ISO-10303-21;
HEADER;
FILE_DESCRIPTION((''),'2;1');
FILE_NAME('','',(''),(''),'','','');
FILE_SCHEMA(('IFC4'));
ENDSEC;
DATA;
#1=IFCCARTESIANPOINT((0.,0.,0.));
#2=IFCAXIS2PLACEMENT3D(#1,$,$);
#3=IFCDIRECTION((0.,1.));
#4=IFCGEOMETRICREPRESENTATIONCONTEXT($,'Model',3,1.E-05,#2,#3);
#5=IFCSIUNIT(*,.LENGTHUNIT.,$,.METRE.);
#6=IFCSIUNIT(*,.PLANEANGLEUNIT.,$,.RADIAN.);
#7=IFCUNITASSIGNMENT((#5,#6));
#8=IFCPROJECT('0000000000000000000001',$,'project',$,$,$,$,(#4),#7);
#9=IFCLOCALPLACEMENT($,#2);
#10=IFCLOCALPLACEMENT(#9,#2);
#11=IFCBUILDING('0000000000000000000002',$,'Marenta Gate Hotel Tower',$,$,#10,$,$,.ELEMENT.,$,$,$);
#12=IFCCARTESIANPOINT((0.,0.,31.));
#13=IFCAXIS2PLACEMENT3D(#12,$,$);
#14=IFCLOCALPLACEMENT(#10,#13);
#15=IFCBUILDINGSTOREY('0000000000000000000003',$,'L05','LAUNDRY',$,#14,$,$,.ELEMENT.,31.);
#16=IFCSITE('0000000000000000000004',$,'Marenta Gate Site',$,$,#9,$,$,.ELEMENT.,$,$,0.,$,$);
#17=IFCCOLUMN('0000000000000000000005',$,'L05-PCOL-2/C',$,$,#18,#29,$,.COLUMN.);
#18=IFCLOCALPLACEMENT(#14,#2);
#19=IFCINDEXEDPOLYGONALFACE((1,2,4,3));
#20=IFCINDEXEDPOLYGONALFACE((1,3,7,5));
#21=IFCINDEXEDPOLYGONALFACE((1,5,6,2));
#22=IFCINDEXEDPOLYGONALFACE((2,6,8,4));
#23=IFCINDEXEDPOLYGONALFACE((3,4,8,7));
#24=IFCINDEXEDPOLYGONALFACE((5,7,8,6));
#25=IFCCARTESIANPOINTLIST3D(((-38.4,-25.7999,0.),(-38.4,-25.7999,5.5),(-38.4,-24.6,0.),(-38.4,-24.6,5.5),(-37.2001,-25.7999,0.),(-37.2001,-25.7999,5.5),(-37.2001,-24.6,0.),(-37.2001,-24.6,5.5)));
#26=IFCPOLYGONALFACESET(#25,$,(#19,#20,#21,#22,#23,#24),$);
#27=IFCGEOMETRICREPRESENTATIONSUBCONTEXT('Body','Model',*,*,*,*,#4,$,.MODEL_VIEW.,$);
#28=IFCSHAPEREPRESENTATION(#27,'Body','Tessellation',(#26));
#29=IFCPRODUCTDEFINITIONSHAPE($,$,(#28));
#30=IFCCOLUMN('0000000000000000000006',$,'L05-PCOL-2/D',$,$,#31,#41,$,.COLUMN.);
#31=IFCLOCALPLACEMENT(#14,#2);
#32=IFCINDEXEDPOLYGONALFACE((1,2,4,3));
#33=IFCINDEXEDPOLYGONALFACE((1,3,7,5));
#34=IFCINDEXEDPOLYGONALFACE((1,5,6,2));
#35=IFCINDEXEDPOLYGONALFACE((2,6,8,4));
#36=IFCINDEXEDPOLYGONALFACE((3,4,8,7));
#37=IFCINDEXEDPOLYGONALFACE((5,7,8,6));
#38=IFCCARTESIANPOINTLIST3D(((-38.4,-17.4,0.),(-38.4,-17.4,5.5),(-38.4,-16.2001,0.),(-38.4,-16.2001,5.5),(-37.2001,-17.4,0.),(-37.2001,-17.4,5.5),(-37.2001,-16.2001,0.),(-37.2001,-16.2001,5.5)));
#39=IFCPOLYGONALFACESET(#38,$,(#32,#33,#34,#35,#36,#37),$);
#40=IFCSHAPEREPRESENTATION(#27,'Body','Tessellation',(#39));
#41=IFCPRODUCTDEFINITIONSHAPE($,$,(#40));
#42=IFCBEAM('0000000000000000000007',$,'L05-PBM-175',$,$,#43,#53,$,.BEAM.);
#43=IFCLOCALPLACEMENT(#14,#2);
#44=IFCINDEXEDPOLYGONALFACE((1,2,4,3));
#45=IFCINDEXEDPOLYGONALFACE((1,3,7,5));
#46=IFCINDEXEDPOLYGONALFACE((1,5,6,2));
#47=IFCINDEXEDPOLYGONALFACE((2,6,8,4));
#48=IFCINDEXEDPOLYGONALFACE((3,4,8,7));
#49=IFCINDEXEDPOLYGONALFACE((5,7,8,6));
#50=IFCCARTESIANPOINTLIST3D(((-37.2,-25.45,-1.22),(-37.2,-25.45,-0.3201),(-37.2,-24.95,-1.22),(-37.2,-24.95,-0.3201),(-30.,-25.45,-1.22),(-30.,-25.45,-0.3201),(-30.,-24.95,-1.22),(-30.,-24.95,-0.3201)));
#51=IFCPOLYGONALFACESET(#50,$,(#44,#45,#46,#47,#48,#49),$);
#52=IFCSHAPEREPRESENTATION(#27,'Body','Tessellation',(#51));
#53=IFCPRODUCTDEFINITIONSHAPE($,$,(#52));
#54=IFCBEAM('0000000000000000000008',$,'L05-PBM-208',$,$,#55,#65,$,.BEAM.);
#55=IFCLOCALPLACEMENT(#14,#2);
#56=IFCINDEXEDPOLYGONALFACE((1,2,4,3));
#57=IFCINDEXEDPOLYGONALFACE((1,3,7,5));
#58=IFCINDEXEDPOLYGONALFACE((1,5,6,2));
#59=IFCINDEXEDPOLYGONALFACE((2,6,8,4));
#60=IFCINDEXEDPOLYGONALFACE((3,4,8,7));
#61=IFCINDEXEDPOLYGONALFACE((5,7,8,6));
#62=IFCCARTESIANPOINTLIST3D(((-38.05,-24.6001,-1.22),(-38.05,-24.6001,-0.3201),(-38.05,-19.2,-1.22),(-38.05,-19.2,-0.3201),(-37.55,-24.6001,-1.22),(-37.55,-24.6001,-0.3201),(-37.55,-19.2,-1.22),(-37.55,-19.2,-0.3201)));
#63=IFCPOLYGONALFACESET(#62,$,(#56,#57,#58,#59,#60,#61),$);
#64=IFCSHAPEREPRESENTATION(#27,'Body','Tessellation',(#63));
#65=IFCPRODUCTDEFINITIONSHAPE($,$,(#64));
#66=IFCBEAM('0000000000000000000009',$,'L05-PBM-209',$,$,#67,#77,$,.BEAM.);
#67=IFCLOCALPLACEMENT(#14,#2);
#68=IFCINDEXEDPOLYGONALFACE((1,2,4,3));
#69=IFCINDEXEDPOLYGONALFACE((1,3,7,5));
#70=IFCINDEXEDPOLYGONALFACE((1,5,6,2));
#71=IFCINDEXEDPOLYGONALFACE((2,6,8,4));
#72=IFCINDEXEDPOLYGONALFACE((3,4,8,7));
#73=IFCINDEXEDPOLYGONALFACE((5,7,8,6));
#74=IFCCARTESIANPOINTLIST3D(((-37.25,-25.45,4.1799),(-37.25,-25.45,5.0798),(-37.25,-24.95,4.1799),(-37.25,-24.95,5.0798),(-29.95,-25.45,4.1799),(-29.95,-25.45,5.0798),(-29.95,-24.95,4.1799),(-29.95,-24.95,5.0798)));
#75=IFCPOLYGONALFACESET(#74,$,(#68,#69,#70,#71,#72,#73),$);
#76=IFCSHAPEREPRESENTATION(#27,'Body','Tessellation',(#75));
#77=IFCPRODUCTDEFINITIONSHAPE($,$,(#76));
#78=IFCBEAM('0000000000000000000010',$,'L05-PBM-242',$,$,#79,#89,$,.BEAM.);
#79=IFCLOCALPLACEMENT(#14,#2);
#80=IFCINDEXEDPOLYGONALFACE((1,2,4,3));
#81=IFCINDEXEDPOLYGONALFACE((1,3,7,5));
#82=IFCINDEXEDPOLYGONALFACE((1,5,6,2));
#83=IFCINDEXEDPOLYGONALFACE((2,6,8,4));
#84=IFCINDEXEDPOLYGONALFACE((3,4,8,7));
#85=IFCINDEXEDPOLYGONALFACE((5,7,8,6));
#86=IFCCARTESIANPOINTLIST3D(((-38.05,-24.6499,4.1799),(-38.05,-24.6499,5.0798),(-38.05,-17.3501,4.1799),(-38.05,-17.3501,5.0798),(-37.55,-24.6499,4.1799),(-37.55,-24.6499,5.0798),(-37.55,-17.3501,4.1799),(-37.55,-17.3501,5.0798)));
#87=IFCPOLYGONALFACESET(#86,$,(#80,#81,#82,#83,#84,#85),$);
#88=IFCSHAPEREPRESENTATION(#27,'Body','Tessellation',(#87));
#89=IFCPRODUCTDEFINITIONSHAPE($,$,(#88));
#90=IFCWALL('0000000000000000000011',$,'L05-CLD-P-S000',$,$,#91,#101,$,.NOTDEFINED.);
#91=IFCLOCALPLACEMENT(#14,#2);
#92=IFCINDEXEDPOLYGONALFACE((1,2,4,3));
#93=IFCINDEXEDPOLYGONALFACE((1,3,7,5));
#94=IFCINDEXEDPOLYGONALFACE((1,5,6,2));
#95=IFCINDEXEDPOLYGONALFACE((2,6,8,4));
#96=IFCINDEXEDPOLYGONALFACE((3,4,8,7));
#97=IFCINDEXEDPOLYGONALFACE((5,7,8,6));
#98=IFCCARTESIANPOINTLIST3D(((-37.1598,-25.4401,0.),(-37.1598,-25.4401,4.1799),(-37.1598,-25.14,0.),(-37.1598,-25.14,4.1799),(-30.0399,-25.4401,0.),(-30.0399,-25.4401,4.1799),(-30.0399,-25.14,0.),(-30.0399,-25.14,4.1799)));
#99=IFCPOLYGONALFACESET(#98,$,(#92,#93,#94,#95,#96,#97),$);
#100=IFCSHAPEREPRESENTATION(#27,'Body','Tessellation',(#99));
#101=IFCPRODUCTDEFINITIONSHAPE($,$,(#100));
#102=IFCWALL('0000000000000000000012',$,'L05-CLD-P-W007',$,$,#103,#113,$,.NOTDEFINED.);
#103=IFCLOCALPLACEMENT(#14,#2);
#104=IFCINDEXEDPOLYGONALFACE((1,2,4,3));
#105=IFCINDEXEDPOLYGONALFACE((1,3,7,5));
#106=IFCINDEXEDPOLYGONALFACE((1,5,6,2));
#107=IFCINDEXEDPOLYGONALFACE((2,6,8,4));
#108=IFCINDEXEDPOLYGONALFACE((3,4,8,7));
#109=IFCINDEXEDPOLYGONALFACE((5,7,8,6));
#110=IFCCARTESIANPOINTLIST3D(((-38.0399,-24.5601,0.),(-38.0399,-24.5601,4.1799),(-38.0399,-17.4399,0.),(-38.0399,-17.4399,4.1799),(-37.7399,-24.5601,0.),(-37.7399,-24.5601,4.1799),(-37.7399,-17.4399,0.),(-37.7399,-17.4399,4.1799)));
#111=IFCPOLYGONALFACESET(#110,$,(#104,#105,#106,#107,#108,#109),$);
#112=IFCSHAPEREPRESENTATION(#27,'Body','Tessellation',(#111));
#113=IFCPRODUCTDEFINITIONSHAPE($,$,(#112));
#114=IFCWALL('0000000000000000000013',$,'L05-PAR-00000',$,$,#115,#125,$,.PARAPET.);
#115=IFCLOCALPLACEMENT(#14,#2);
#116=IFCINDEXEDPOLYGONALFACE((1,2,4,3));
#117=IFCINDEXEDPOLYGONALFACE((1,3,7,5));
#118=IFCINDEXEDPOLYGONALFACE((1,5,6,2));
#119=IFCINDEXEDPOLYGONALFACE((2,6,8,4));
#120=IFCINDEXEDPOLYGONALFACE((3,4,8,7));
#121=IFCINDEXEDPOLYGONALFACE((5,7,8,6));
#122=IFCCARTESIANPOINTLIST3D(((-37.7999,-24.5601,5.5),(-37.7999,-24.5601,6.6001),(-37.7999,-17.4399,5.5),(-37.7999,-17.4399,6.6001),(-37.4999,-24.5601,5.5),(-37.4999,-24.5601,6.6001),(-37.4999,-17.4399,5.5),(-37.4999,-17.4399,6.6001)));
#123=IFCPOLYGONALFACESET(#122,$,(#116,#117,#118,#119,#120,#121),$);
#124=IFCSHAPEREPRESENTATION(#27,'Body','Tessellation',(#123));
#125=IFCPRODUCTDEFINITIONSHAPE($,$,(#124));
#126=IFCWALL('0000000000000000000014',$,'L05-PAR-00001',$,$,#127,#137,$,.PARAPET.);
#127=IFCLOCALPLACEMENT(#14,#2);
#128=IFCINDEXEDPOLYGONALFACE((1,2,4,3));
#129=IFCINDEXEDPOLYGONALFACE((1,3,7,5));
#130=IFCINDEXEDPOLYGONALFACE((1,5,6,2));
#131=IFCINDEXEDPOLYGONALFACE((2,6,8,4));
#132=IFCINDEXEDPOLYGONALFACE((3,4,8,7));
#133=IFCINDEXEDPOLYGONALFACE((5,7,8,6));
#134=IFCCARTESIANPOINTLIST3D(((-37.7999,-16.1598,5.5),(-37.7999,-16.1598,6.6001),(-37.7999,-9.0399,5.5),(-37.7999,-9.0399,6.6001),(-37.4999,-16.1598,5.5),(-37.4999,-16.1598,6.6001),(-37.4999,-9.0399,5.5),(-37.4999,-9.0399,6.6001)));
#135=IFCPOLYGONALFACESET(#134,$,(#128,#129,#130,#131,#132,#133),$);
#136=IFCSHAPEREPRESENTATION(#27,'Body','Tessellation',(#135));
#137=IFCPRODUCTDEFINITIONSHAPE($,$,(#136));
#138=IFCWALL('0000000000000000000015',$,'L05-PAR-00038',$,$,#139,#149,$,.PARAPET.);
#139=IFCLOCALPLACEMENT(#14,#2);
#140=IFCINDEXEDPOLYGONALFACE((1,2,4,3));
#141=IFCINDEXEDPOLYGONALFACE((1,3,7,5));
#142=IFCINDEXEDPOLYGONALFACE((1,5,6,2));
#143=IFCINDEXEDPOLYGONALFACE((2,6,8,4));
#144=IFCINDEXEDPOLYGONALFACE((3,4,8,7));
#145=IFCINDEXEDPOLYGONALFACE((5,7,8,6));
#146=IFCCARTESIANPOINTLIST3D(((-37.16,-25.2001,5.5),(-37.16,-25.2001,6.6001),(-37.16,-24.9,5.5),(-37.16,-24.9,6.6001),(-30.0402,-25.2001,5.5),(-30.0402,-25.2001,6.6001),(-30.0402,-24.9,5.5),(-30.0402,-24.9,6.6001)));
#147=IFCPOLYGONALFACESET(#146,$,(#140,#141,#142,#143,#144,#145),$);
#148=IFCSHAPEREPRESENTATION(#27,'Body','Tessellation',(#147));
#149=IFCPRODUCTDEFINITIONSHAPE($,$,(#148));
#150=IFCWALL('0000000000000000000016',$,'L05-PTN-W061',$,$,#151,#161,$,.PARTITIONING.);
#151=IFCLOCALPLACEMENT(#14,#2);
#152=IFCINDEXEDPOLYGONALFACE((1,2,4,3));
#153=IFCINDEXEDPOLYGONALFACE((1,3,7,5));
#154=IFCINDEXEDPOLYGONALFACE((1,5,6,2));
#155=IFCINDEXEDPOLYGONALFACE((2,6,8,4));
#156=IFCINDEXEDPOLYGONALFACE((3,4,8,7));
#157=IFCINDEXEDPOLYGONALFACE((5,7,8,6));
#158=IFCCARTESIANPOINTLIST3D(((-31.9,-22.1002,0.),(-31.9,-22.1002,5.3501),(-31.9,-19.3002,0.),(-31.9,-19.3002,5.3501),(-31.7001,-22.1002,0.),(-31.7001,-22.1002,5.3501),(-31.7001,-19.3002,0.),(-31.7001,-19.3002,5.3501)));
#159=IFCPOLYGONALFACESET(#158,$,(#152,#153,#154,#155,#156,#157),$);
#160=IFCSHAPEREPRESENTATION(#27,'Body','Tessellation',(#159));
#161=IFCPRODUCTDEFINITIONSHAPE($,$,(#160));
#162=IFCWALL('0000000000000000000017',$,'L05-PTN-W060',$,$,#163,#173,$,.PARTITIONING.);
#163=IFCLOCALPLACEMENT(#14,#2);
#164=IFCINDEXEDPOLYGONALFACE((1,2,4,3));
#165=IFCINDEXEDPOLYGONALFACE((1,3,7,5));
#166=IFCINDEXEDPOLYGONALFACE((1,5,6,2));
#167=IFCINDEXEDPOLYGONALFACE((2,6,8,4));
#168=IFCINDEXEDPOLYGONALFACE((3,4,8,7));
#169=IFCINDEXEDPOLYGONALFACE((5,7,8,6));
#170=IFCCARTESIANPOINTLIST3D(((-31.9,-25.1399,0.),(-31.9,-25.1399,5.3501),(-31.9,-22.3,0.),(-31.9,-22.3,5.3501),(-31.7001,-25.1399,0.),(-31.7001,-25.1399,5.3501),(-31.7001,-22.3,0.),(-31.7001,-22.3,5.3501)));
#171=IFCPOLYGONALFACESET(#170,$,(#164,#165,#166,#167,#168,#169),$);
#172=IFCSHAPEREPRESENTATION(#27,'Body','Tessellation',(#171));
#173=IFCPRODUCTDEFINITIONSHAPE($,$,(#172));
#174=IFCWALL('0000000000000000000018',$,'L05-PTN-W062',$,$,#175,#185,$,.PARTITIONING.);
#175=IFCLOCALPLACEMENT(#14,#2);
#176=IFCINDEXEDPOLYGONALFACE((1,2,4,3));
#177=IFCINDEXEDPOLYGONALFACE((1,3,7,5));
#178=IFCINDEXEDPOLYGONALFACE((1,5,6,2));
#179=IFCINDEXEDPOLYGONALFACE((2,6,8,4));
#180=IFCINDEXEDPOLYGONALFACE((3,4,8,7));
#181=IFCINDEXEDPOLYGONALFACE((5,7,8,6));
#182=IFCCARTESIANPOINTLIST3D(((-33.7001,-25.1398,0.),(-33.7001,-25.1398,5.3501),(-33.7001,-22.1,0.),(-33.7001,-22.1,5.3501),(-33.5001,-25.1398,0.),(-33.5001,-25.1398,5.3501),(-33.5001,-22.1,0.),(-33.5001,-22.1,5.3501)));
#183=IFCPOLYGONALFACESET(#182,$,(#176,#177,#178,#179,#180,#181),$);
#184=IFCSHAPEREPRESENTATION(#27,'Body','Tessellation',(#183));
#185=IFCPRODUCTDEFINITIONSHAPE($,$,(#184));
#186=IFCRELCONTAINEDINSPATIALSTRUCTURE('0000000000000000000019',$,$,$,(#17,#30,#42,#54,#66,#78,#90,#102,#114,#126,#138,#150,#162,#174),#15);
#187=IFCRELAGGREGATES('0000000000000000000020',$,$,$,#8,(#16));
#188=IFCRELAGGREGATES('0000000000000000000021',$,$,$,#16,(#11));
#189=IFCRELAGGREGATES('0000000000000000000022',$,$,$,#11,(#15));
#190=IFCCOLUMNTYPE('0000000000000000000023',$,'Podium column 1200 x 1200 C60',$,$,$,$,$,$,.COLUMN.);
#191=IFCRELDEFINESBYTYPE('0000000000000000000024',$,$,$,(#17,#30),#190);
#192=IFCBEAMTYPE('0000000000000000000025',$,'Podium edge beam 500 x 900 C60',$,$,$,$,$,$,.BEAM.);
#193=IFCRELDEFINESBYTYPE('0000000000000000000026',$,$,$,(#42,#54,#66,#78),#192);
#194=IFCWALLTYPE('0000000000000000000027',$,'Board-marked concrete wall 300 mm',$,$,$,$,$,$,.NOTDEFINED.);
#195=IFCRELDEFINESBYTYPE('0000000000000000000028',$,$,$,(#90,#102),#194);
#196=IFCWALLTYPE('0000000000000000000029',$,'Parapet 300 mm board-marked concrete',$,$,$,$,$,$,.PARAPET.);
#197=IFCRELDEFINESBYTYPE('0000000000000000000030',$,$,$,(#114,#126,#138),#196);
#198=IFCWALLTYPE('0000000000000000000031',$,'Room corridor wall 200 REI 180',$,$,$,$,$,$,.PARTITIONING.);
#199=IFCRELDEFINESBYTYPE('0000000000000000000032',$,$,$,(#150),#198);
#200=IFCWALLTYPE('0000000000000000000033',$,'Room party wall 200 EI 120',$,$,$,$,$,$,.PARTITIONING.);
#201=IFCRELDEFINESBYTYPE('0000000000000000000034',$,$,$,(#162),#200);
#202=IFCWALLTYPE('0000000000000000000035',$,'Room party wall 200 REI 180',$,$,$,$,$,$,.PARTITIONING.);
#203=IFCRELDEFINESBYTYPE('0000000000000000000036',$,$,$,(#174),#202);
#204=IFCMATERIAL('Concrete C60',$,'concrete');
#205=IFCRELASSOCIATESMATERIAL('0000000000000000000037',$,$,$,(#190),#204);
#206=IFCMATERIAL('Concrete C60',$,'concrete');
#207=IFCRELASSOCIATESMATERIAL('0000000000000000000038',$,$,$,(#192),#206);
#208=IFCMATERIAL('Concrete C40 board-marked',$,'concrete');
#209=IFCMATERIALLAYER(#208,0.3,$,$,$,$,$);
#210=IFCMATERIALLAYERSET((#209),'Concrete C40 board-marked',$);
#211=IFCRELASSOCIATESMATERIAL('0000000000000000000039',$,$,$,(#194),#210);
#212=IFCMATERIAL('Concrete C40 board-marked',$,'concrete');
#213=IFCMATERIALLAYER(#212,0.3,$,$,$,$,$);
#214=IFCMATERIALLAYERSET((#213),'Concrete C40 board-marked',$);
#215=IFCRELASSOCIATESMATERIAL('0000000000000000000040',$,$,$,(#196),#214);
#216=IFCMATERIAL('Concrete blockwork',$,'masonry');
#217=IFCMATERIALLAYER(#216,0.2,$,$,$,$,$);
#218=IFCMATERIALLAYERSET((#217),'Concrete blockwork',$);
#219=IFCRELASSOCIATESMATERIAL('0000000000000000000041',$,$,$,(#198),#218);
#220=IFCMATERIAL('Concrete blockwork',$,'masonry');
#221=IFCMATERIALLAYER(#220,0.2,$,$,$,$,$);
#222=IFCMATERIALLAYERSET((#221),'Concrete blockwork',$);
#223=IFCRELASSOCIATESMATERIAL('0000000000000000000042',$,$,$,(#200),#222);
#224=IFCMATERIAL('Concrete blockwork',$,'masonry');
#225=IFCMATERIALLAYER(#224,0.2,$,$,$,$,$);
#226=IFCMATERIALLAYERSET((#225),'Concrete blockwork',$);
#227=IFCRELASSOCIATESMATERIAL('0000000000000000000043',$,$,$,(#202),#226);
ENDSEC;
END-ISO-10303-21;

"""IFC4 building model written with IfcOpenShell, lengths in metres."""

from ifc_helpers import new_model, si_unit, direction, frame, frame_2d, origin, origin_2d, place, context, subcontext, project, spatial, rectangle, extrude, material, layer, layer_set, material_profile, profile_set, type_object, element, save


model = new_model("IFC4")

# Units and contexts
model_context = context("Model", 3, precision=1e-05, world=origin(), true_north=direction((0.0, 1.0)))
body_context = subcontext(model_context, "Body", "Model", "MODEL_VIEW")
ifc_project = project(units=[si_unit("LENGTHUNIT", "METRE"), si_unit("PLANEANGLEUNIT", "RADIAN")], contexts=[model_context])

# Site, building, storey
site_placement = place(None, origin())
site = spatial("IfcSite", under=ifc_project, at=site_placement, Name="Marenta Gate Site", CompositionType="ELEMENT", RefElevation=0.0)
building_placement = place(site_placement, origin())
building = spatial("IfcBuilding", under=site, at=building_placement, Name="Marenta Gate Hotel Tower", CompositionType="ELEMENT")
storey_placement = place(building_placement, frame((0.0, 0.0, 31.0)))
storey = spatial("IfcBuildingStorey", under=building, at=storey_placement, Name="L05", Description="LAUNDRY", CompositionType="ELEMENT", Elevation=31.0)

# Columns
ifc_material_1 = material(Name="Concrete C60", Category="concrete")
ifc_material_profile_1 = material_profile(ifc_material_1, rectangle(XDim=1.2, YDim=1.2, at=origin_2d()), Name="1200 x 1200")
ifc_profile_set_1 = profile_set([ifc_material_profile_1], Name="Concrete C60")
column_type = type_object("IfcColumnType", Name="Podium column 1200 x 1200 C60", PredefinedType="COLUMN", material=ifc_profile_set_1)
for number, where, z_axis, x_axis, name in (
    (1, (-37.8, -25.2, 0.0), (0.0, 0.0, 1.0), (1.0, 0.0, 0.0), "L05-PCOL-2/C"),
    (2, (-37.8, -16.8, 0.0), (0.0, 0.0, 1.0), (1.0, 0.0, 0.0), "L05-PCOL-2/D"),
):
    element("IfcColumn", number, at=place(storey_placement, frame(where, z_axis=z_axis, x_axis=x_axis)), inside=storey, type_object=column_type, Name=name, PredefinedType="COLUMN", context=body_context, shape_type="SweptSolid", body=[
        extrude(rectangle(XDim=1.2, YDim=1.2, at=origin_2d()), origin(), (0.0, 0.0, 1.0), 5.5),
    ])

# Beams
ifc_material_2 = material(Name="Concrete C60", Category="concrete")
ifc_material_profile_2 = material_profile(ifc_material_2, rectangle(XDim=0.5, YDim=0.8999, at=origin_2d()), Name="500 x 900")
ifc_profile_set_2 = profile_set([ifc_material_profile_2], Name="Concrete C60")
beam_type = type_object("IfcBeamType", Name="Podium edge beam 500 x 900 C60", PredefinedType="BEAM", material=ifc_profile_set_2)
beam_1_placement = place(storey_placement, frame((-37.2, -25.2, -0.77), z_axis=(1.0, 0.0, 0.0), x_axis=(0.0, 1.0, 0.0)))
element("IfcBeam", 3, at=beam_1_placement, inside=storey, type_object=beam_type, Name="L05-PBM-175", PredefinedType="BEAM", context=body_context, shape_type="SweptSolid", body=[
    extrude(rectangle(XDim=0.5, YDim=0.8999, at=origin_2d()), origin(), (0.0, 0.0, 1.0), 7.2),
])
beam_2_placement = place(storey_placement, frame((-37.8, -19.2, -0.77), z_axis=(0.0, -1.0, 0.0), x_axis=(1.0, 0.0, 0.0)))
element("IfcBeam", 4, at=beam_2_placement, inside=storey, type_object=beam_type, Name="L05-PBM-208", PredefinedType="BEAM", context=body_context, shape_type="SweptSolid", body=[
    extrude(rectangle(XDim=0.5, YDim=0.8999, at=origin_2d()), origin(), (0.0, 0.0, 1.0), 5.4001),
])
beam_3_placement = place(storey_placement, frame((-37.25, -25.2, 4.6299), z_axis=(1.0, 0.0, 0.0), x_axis=(0.0, 1.0, 0.0)))
element("IfcBeam", 5, at=beam_3_placement, inside=storey, type_object=beam_type, Name="L05-PBM-209", PredefinedType="BEAM", context=body_context, shape_type="SweptSolid", body=[
    extrude(rectangle(XDim=0.5, YDim=0.8999, at=origin_2d()), origin(), (0.0, 0.0, 1.0), 7.3),
])
beam_4_placement = place(storey_placement, frame((-37.8, -17.3501, 4.6299), z_axis=(0.0, -1.0, 0.0), x_axis=(1.0, 0.0, 0.0)))
element("IfcBeam", 6, at=beam_4_placement, inside=storey, type_object=beam_type, Name="L05-PBM-242", PredefinedType="BEAM", context=body_context, shape_type="SweptSolid", body=[
    extrude(rectangle(XDim=0.5, YDim=0.8999, at=origin_2d()), origin(), (0.0, 0.0, 1.0), 7.2998),
])

# Walls
ifc_material_3 = material(Name="Concrete C40 board-marked", Category="concrete")
ifc_layer_1 = layer(ifc_material_3, 0.3)
ifc_layer_set_1 = layer_set([ifc_layer_1], Name="Concrete C40 board-marked")
wall_type_1 = type_object("IfcWallType", Name="Board-marked concrete wall 300 mm", PredefinedType="NOTDEFINED", material=ifc_layer_set_1)
wall_1_placement = place(storey_placement, frame((-37.1599, -25.29, 0.0), z_axis=(0.0, 0.0, 1.0), x_axis=(1.0, 0.0, 0.0)))
element("IfcWall", 7, at=wall_1_placement, inside=storey, type_object=wall_type_1, Name="L05-CLD-P-S000", PredefinedType="NOTDEFINED", context=body_context, shape_type="SweptSolid", body=[
    extrude(rectangle(XDim=7.1199, YDim=0.3, at=frame_2d((3.5601, 0.0))), origin(), (0.0, 0.0, 1.0), 4.1799),
])
wall_2_placement = place(storey_placement, frame((-37.8899, -17.4399, 0.0), z_axis=(0.0, 0.0, 1.0), x_axis=(0.0, -1.0, 0.0)))
element("IfcWall", 8, at=wall_2_placement, inside=storey, type_object=wall_type_1, Name="L05-CLD-P-W007", PredefinedType="NOTDEFINED", context=body_context, shape_type="SweptSolid", body=[
    extrude(rectangle(XDim=7.1201, YDim=0.3, at=frame_2d((3.5601, 0.0))), origin(), (0.0, 0.0, 1.0), 4.1799),
])
ifc_material_4 = material(Name="Concrete C40 board-marked", Category="concrete")
ifc_layer_2 = layer(ifc_material_4, 0.3)
ifc_layer_set_2 = layer_set([ifc_layer_2], Name="Concrete C40 board-marked")
wall_type_2 = type_object("IfcWallType", Name="Parapet 300 mm board-marked concrete", PredefinedType="PARAPET", material=ifc_layer_set_2)
wall_3_placement = place(storey_placement, frame((-37.6499, -24.5601, 5.5), z_axis=(0.0, 0.0, 1.0), x_axis=(0.0, 1.0, 0.0)))
element("IfcWall", 9, at=wall_3_placement, inside=storey, type_object=wall_type_2, Name="L05-PAR-00000", PredefinedType="PARAPET", context=body_context, shape_type="SweptSolid", body=[
    extrude(rectangle(XDim=7.1201, YDim=0.3, at=frame_2d((3.5601, 0.0))), origin(), (0.0, 0.0, 1.0), 1.1001),
])
for number, where, z_axis, x_axis, name in (
    (10, (-37.6499, -16.1599, 5.5), (0.0, 0.0, 1.0), (0.0, 1.0, 0.0), "L05-PAR-00001"),
    (11, (-30.04, -25.05, 5.5), (0.0, 0.0, 1.0), (-1.0, 0.0, 0.0), "L05-PAR-00038"),
):
    element("IfcWall", number, at=place(storey_placement, frame(where, z_axis=z_axis, x_axis=x_axis)), inside=storey, type_object=wall_type_2, Name=name, PredefinedType="PARAPET", context=body_context, shape_type="SweptSolid", body=[
        extrude(rectangle(XDim=7.1199, YDim=0.3, at=frame_2d((3.5601, 0.0))), origin(), (0.0, 0.0, 1.0), 1.1001),
    ])

# Shared definitions
ifc_material_5 = material(Name="Concrete blockwork", Category="masonry")
ifc_layer_3 = layer(ifc_material_5, 0.2)
ifc_layer_set_3 = layer_set([ifc_layer_3], Name="Concrete blockwork")
wall_type_3 = type_object("IfcWallType", Name="Room corridor wall 200 REI 180", PredefinedType="PARTITIONING", material=ifc_layer_set_3)

# Wall
wall_4_placement = place(storey_placement, frame((-31.8, -22.1001, 0.0), z_axis=(0.0, 0.0, 1.0), x_axis=(0.0, 1.0, 0.0)))
element("IfcWall", 12, at=wall_4_placement, inside=storey, type_object=wall_type_3, Name="L05-PTN-W061", PredefinedType="PARTITIONING", context=body_context, shape_type="SweptSolid", body=[
    extrude(rectangle(XDim=2.8, YDim=0.2, at=frame_2d((1.3999, 0.0))), origin(), (0.0, 0.0, 1.0), 5.3501),
])

# Walls
ifc_material_6 = material(Name="Concrete blockwork", Category="masonry")
ifc_layer_4 = layer(ifc_material_6, 0.2)
ifc_layer_set_4 = layer_set([ifc_layer_4], Name="Concrete blockwork")
wall_type_4 = type_object("IfcWallType", Name="Room party wall 200 EI 120", PredefinedType="PARTITIONING", material=ifc_layer_set_4)
wall_5_placement = place(storey_placement, frame((-31.8, -25.1399, 0.0), z_axis=(0.0, 0.0, 1.0), x_axis=(0.0, 1.0, 0.0)))
element("IfcWall", 13, at=wall_5_placement, inside=storey, type_object=wall_type_4, Name="L05-PTN-W060", PredefinedType="PARTITIONING", context=body_context, shape_type="SweptSolid", body=[
    extrude(rectangle(XDim=2.8398, YDim=0.2, at=frame_2d((1.4199, 0.0))), origin(), (0.0, 0.0, 1.0), 5.3501),
])
ifc_material_7 = material(Name="Concrete blockwork", Category="masonry")
ifc_layer_5 = layer(ifc_material_7, 0.2)
ifc_layer_set_5 = layer_set([ifc_layer_5], Name="Concrete blockwork")
wall_type_5 = type_object("IfcWallType", Name="Room party wall 200 REI 180", PredefinedType="PARTITIONING", material=ifc_layer_set_5)
wall_6_placement = place(storey_placement, frame((-33.6001, -25.1399, 0.0), z_axis=(0.0, 0.0, 1.0), x_axis=(0.0, 1.0, 0.0)))
element("IfcWall", 14, at=wall_6_placement, inside=storey, type_object=wall_type_5, Name="L05-PTN-W062", PredefinedType="PARTITIONING", context=body_context, shape_type="SweptSolid", body=[
    extrude(rectangle(XDim=3.0398, YDim=0.2, at=frame_2d((1.52, 0.0))), origin(), (0.0, 0.0, 1.0), 5.3501),
])

save(model, "model.ifc")
